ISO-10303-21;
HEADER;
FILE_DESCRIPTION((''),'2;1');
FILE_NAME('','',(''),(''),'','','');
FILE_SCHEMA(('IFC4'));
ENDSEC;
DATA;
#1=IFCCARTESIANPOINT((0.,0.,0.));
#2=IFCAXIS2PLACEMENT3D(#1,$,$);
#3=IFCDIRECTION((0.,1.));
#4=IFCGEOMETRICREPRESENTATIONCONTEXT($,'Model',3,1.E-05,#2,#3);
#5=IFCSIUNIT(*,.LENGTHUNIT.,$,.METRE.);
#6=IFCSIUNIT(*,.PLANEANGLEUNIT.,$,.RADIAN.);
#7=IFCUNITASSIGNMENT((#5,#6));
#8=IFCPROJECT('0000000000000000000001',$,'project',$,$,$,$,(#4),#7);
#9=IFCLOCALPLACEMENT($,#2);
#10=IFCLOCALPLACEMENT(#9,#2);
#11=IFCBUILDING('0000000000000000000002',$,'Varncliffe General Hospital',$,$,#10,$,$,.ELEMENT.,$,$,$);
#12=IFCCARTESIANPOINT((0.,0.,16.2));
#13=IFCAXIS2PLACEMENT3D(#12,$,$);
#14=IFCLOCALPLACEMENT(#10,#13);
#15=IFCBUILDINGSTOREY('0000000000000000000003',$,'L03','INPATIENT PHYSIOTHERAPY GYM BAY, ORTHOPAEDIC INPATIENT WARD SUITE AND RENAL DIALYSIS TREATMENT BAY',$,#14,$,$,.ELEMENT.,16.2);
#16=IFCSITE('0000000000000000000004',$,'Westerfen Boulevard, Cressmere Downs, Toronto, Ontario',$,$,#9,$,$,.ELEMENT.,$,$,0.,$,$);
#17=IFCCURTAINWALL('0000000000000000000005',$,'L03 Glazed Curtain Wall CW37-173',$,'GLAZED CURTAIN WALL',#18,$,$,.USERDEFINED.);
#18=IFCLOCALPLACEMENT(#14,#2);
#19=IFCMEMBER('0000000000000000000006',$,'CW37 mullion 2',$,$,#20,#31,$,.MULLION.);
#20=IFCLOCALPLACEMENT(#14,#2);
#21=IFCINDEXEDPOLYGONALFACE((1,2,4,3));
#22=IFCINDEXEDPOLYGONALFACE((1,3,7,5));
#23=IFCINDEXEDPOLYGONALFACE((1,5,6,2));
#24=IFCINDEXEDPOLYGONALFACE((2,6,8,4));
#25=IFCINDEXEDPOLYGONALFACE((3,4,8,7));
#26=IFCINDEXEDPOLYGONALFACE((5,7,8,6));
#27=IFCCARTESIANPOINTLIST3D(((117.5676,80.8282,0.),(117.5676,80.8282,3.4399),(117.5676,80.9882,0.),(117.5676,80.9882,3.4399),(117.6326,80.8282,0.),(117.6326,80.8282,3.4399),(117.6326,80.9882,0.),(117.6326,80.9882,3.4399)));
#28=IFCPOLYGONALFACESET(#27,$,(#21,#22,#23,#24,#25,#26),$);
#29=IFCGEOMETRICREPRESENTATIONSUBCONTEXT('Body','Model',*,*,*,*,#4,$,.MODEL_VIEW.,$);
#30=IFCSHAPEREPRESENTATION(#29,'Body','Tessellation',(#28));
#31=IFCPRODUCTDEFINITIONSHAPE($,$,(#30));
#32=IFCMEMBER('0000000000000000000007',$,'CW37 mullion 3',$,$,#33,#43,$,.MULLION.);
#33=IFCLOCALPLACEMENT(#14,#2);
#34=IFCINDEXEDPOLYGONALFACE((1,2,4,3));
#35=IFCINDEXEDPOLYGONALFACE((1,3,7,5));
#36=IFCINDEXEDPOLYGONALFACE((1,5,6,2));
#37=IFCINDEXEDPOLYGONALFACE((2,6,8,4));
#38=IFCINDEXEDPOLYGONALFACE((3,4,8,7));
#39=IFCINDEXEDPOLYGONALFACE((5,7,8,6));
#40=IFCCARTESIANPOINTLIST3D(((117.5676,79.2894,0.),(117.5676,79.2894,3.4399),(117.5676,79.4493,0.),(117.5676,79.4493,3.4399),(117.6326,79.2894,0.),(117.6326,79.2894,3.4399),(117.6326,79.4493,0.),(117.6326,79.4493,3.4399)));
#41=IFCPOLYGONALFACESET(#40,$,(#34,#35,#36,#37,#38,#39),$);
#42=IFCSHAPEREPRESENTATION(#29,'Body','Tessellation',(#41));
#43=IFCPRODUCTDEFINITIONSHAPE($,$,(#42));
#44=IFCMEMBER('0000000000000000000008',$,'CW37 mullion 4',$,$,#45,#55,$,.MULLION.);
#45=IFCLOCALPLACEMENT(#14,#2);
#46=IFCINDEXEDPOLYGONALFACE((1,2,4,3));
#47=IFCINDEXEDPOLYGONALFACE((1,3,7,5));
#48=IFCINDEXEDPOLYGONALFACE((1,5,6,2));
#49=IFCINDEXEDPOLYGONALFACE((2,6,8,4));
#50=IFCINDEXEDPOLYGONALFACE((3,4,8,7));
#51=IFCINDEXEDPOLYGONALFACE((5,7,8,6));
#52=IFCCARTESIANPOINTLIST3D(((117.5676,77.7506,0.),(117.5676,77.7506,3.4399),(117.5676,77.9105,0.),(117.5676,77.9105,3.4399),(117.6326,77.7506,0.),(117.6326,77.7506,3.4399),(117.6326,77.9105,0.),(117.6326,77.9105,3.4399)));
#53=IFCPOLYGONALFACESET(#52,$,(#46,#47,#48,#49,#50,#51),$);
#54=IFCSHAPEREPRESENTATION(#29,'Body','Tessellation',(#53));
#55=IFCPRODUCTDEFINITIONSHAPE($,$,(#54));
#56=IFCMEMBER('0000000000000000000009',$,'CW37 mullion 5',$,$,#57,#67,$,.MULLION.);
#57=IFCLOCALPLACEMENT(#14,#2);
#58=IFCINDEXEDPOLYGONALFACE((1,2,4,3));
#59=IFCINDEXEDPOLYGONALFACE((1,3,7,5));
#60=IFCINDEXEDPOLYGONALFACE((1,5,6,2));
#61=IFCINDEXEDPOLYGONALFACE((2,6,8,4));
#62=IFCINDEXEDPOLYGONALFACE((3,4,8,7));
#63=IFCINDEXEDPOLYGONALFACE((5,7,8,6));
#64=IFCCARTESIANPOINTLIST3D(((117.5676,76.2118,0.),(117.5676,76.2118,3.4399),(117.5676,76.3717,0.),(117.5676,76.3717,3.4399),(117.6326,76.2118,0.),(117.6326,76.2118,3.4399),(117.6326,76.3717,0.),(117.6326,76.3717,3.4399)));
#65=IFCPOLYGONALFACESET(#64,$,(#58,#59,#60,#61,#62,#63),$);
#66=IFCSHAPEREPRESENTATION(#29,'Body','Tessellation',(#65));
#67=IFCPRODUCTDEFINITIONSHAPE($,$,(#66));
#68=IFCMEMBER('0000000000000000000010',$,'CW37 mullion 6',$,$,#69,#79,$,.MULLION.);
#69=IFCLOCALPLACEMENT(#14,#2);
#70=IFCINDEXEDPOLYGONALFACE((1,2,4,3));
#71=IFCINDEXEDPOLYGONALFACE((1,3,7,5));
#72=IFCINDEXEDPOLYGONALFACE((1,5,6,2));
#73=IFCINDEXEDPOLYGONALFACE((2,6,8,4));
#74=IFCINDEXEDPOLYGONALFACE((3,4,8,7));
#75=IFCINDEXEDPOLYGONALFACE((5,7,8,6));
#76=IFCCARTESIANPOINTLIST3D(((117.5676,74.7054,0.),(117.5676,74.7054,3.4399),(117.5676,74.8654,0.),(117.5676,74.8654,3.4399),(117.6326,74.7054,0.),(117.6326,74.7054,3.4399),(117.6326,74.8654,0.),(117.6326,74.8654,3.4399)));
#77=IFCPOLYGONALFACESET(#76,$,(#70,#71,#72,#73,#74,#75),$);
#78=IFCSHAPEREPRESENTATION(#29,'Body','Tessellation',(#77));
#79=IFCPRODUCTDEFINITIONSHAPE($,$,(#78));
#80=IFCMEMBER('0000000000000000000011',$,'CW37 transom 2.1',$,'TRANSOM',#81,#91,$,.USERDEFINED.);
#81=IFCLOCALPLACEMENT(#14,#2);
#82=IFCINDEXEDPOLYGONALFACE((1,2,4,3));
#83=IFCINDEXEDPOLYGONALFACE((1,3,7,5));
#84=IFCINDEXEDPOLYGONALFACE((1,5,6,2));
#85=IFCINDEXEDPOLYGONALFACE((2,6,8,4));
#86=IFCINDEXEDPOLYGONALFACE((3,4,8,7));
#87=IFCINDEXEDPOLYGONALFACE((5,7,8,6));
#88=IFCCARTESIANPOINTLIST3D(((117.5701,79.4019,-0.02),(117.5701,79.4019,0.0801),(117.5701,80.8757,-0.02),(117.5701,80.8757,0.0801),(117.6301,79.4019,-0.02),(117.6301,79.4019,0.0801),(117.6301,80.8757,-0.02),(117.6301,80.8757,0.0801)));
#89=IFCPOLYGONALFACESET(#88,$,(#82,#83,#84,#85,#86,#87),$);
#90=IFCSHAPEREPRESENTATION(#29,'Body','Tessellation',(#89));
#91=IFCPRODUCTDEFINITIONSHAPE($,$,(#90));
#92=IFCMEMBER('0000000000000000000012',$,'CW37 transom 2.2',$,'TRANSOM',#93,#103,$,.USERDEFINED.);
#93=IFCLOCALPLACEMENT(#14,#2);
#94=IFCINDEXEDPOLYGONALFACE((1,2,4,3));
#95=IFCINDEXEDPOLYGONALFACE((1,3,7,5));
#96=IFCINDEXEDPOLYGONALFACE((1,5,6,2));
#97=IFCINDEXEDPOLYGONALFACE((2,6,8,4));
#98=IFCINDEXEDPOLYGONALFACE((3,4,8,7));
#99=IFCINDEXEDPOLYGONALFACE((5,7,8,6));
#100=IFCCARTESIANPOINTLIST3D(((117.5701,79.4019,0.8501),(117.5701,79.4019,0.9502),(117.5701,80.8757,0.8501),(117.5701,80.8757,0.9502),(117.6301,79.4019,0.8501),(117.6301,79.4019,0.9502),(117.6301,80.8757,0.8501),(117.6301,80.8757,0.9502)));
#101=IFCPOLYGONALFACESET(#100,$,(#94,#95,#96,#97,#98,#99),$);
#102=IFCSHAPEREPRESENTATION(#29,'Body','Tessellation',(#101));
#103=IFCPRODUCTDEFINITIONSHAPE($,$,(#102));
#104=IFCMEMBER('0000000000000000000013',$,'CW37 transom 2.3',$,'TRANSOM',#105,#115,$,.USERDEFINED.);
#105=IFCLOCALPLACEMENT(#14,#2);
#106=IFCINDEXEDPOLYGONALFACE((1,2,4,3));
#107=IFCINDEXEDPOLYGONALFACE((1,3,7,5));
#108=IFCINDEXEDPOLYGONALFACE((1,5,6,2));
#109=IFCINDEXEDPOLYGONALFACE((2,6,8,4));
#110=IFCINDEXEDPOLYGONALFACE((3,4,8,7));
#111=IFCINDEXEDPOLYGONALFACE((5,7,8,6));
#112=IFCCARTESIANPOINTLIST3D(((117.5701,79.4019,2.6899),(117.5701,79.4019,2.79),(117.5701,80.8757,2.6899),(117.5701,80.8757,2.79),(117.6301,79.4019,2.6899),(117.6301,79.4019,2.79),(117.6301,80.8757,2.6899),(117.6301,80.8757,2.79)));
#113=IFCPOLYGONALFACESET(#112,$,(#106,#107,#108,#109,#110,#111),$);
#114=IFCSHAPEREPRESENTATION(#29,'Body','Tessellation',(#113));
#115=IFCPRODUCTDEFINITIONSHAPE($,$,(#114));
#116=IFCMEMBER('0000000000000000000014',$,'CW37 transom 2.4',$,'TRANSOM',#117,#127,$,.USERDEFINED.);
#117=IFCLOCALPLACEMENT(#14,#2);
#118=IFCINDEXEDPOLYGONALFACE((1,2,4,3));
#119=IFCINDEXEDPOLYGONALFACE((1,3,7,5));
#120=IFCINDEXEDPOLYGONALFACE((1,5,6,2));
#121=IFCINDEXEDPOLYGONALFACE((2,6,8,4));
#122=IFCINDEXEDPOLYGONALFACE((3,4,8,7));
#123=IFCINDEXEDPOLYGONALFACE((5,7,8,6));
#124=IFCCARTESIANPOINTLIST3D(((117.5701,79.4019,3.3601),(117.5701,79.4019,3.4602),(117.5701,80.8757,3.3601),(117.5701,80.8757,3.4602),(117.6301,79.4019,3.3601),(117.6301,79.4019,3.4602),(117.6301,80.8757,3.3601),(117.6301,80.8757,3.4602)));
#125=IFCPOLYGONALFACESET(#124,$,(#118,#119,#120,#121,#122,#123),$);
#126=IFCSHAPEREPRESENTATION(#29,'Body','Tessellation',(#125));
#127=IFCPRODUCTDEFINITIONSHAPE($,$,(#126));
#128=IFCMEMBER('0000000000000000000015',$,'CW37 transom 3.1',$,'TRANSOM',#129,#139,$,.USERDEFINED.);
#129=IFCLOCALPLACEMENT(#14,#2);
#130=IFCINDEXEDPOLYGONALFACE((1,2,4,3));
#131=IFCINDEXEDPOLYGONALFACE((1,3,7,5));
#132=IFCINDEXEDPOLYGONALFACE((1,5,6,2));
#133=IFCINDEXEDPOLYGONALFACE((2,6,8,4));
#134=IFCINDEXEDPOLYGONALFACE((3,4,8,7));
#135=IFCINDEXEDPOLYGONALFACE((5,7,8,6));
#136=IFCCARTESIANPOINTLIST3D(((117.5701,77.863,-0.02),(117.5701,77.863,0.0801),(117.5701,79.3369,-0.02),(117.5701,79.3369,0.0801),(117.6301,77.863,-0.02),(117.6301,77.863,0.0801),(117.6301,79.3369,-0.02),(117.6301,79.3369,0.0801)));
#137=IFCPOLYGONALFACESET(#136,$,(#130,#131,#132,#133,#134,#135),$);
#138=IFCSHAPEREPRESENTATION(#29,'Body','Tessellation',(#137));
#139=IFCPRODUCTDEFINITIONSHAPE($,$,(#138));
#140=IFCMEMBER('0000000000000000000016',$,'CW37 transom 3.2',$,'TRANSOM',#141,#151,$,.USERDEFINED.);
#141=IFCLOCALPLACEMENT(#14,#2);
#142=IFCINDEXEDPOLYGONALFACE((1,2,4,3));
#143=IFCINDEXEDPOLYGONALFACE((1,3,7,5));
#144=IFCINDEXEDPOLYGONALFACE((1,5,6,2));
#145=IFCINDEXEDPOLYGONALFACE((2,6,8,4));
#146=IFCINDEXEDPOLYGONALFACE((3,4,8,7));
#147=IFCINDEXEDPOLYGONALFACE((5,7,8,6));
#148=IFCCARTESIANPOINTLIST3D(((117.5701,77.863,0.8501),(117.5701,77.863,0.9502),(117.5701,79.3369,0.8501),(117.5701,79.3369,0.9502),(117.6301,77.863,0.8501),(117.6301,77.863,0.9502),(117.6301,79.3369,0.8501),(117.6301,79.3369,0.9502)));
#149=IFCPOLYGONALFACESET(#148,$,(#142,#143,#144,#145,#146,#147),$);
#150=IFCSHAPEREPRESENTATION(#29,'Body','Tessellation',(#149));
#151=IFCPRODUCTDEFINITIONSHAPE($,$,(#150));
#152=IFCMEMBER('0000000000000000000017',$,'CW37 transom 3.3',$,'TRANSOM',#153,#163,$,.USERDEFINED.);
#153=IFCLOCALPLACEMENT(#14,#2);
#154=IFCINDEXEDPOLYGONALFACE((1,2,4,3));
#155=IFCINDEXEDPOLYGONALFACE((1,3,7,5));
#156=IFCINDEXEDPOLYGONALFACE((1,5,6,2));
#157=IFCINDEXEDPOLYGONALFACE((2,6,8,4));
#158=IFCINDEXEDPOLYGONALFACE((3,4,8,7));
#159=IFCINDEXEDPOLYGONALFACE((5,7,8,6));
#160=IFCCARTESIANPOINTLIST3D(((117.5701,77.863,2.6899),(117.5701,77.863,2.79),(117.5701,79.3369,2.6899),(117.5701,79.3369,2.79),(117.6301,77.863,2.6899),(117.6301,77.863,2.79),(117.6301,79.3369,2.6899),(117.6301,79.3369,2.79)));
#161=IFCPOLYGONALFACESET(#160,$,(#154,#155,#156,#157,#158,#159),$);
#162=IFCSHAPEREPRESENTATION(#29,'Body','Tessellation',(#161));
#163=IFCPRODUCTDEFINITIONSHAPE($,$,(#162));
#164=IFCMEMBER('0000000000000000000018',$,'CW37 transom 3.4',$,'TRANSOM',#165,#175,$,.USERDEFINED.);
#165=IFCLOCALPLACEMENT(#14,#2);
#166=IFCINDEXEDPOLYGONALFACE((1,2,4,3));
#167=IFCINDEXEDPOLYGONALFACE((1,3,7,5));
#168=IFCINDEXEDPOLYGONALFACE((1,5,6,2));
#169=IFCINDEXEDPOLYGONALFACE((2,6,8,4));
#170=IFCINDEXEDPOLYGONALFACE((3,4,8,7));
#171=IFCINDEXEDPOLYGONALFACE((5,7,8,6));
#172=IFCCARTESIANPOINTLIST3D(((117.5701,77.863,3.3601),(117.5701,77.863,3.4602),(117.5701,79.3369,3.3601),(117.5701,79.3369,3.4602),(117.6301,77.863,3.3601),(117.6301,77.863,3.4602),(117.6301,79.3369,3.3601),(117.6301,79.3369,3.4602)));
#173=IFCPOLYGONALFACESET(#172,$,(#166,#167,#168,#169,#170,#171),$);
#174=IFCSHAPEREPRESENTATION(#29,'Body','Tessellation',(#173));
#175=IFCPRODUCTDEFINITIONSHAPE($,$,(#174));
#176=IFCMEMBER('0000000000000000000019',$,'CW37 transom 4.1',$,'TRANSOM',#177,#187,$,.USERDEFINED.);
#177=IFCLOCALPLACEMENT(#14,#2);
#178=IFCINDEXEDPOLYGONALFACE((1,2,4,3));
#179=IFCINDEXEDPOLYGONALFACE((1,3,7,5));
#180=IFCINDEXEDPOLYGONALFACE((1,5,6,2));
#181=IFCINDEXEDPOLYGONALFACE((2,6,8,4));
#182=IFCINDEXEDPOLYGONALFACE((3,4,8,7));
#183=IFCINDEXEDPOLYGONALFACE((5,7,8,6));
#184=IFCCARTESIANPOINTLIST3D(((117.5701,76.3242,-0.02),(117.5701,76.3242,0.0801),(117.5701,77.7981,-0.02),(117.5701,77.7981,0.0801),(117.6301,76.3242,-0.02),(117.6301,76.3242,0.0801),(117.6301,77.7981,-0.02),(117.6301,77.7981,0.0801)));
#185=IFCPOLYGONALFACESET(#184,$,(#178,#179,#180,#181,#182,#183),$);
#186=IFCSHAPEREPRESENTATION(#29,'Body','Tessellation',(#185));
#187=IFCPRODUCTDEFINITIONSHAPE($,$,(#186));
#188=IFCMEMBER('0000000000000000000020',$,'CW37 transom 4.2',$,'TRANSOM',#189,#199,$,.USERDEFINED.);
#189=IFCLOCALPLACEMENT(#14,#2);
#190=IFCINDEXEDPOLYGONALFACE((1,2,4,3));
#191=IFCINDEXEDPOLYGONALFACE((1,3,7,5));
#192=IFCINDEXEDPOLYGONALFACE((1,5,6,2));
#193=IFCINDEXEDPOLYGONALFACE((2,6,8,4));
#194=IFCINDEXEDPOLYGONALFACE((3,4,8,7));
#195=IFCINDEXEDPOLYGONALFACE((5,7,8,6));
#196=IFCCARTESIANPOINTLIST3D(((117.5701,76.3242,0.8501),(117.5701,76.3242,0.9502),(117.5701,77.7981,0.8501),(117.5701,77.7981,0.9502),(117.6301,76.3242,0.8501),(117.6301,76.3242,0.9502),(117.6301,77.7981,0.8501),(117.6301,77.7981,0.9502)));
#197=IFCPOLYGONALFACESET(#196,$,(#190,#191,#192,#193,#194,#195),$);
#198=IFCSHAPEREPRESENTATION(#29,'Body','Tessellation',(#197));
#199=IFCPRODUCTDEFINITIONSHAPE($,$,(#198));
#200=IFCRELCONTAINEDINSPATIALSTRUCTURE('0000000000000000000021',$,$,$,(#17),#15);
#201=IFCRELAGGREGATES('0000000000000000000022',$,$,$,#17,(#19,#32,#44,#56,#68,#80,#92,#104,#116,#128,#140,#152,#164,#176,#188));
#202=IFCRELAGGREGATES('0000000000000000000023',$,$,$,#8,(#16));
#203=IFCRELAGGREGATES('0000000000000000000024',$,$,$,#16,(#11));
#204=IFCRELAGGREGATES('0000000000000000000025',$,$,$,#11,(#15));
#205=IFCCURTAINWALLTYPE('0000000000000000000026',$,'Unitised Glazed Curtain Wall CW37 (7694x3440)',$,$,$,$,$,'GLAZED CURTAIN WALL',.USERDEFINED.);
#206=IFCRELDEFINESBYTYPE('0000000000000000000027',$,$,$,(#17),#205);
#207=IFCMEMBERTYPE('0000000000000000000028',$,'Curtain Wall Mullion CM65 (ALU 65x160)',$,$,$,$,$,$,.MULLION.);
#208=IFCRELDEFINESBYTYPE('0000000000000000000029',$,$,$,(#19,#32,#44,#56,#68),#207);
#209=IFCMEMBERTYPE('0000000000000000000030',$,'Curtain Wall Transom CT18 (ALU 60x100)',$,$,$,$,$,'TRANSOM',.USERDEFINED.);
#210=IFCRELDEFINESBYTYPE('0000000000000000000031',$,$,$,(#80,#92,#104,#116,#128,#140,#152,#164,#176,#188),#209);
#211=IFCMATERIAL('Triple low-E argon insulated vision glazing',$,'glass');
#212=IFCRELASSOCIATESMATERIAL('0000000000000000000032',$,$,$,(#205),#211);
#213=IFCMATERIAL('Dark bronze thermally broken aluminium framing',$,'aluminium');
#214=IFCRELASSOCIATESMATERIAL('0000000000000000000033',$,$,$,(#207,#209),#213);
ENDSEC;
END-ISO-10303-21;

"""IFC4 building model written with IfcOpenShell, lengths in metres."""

from ifc_helpers import new_model, si_unit, direction, frame, origin, origin_2d, place, context, subcontext, project, spatial, rectangle, extrude, material, material_profile, profile_set, type_object, element, aggregate, save


model = new_model("IFC4")

# Units and contexts
model_context = context("Model", 3, precision=1e-05, world=origin(), true_north=direction((0.0, 1.0)))
body_context = subcontext(model_context, "Body", "Model", "MODEL_VIEW")
ifc_project = project(units=[si_unit("LENGTHUNIT", "METRE"), si_unit("PLANEANGLEUNIT", "RADIAN")], contexts=[model_context])

# Site, building, storey
site_placement = place(None, origin())
site = spatial("IfcSite", under=ifc_project, at=site_placement, Name="Westerfen Boulevard, Cressmere Downs, Toronto, Ontario", CompositionType="ELEMENT", RefElevation=0.0)
building_placement = place(site_placement, origin())
building = spatial("IfcBuilding", under=site, at=building_placement, Name="Varncliffe General Hospital", CompositionType="ELEMENT")
storey_placement = place(building_placement, frame((0.0, 0.0, 16.2)))
storey = spatial("IfcBuildingStorey", under=building, at=storey_placement, Name="L03", Description="INPATIENT PHYSIOTHERAPY GYM BAY, ORTHOPAEDIC INPATIENT WARD SUITE AND RENAL DIALYSIS TREATMENT BAY", CompositionType="ELEMENT", Elevation=16.2)

# Curtain wall, members
ifc_material_1 = material(Name="Triple low-E argon insulated vision glazing", Category="glass")
curtain_wall_type = type_object("IfcCurtainWallType", Name="Unitised Glazed Curtain Wall CW37 (7694x3440)", ElementType="GLAZED CURTAIN WALL", PredefinedType="USERDEFINED", material=ifc_material_1)
curtain_wall_placement = place(storey_placement, origin())
curtain_wall = element("IfcCurtainWall", 1, at=curtain_wall_placement, inside=storey, type_object=curtain_wall_type, Name="L03 Glazed Curtain Wall CW37-173", ObjectType="GLAZED CURTAIN WALL", PredefinedType="USERDEFINED")
ifc_material_2 = material(Name="Dark bronze thermally broken aluminium framing", Category="aluminium")
ifc_material_profile_1 = material_profile(ifc_material_2, rectangle(XDim=0.0649, YDim=0.1599, at=origin_2d()), Name="ALU 65x160")
ifc_profile_set_1 = profile_set([ifc_material_profile_1], Name="Dark bronze thermally broken aluminium framing")
member_type_1 = type_object("IfcMemberType", Name="Curtain Wall Mullion CM65 (ALU 65x160)", PredefinedType="MULLION", material=ifc_profile_set_1)
member_1_placement = place(storey_placement, frame((117.6001, 80.9082, 0.0), z_axis=(0.0, 0.0, 1.0), x_axis=(1.0, 0.0, 0.0)))
member_1 = element("IfcMember", 2, at=member_1_placement, type_object=member_type_1, Name="CW37 mullion 2", PredefinedType="MULLION", context=body_context, shape_type="SweptSolid", body=[
    extrude(rectangle(XDim=0.0649, YDim=0.1599, at=origin_2d()), origin(), (0.0, 0.0, 1.0), 3.4399),
])
member_2_placement = place(storey_placement, frame((117.6001, 79.3694, 0.0), z_axis=(0.0, 0.0, 1.0), x_axis=(1.0, 0.0, 0.0)))
member_2 = element("IfcMember", 3, at=member_2_placement, type_object=member_type_1, Name="CW37 mullion 3", PredefinedType="MULLION", context=body_context, shape_type="SweptSolid", body=[
    extrude(rectangle(XDim=0.0649, YDim=0.1599, at=origin_2d()), origin(), (0.0, 0.0, 1.0), 3.4399),
])
member_3_placement = place(storey_placement, frame((117.6001, 77.8306, 0.0), z_axis=(0.0, 0.0, 1.0), x_axis=(1.0, 0.0, 0.0)))
member_3 = element("IfcMember", 4, at=member_3_placement, type_object=member_type_1, Name="CW37 mullion 4", PredefinedType="MULLION", context=body_context, shape_type="SweptSolid", body=[
    extrude(rectangle(XDim=0.0649, YDim=0.1599, at=origin_2d()), origin(), (0.0, 0.0, 1.0), 3.4399),
])
member_4_placement = place(storey_placement, frame((117.6001, 76.2917, 0.0), z_axis=(0.0, 0.0, 1.0), x_axis=(1.0, 0.0, 0.0)))
member_4 = element("IfcMember", 5, at=member_4_placement, type_object=member_type_1, Name="CW37 mullion 5", PredefinedType="MULLION", context=body_context, shape_type="SweptSolid", body=[
    extrude(rectangle(XDim=0.0649, YDim=0.1599, at=origin_2d()), origin(), (0.0, 0.0, 1.0), 3.4399),
])
member_5_placement = place(storey_placement, frame((117.6001, 74.7854, 0.0), z_axis=(0.0, 0.0, 1.0), x_axis=(1.0, 0.0, 0.0)))
member_5 = element("IfcMember", 6, at=member_5_placement, type_object=member_type_1, Name="CW37 mullion 6", PredefinedType="MULLION", context=body_context, shape_type="SweptSolid", body=[
    extrude(rectangle(XDim=0.0649, YDim=0.1599, at=origin_2d()), origin(), (0.0, 0.0, 1.0), 3.4399),
])
ifc_material_profile_2 = material_profile(ifc_material_2, rectangle(XDim=0.0601, YDim=0.1001, at=origin_2d()), Name="ALU 60x100")
ifc_profile_set_2 = profile_set([ifc_material_profile_2], Name="Dark bronze thermally broken aluminium framing")
member_type_2 = type_object("IfcMemberType", Name="Curtain Wall Transom CT18 (ALU 60x100)", ElementType="TRANSOM", PredefinedType="USERDEFINED", material=ifc_profile_set_2)
member_6_placement = place(storey_placement, frame((117.6001, 80.8757, 0.03), z_axis=(0.0, -1.0, 0.0), x_axis=(1.0, 0.0, 0.0)))
member_6 = element("IfcMember", 7, at=member_6_placement, type_object=member_type_2, Name="CW37 transom 2.1", ObjectType="TRANSOM", PredefinedType="USERDEFINED", context=body_context, shape_type="SweptSolid", body=[
    extrude(rectangle(XDim=0.0601, YDim=0.1001, at=origin_2d()), origin(), (0.0, 0.0, 1.0), 1.4739),
])
member_7_placement = place(storey_placement, frame((117.6001, 80.8757, 0.9001), z_axis=(0.0, -1.0, 0.0), x_axis=(1.0, 0.0, 0.0)))
member_7 = element("IfcMember", 8, at=member_7_placement, type_object=member_type_2, Name="CW37 transom 2.2", ObjectType="TRANSOM", PredefinedType="USERDEFINED", context=body_context, shape_type="SweptSolid", body=[
    extrude(rectangle(XDim=0.0601, YDim=0.1001, at=origin_2d()), origin(), (0.0, 0.0, 1.0), 1.4739),
])
member_8_placement = place(storey_placement, frame((117.6001, 80.8757, 2.74), z_axis=(0.0, -1.0, 0.0), x_axis=(1.0, 0.0, 0.0)))
member_8 = element("IfcMember", 9, at=member_8_placement, type_object=member_type_2, Name="CW37 transom 2.3", ObjectType="TRANSOM", PredefinedType="USERDEFINED", context=body_context, shape_type="SweptSolid", body=[
    extrude(rectangle(XDim=0.0601, YDim=0.1001, at=origin_2d()), origin(), (0.0, 0.0, 1.0), 1.4739),
])
member_9_placement = place(storey_placement, frame((117.6001, 80.8757, 3.4102), z_axis=(0.0, -1.0, 0.0), x_axis=(1.0, 0.0, 0.0)))
member_9 = element("IfcMember", 10, at=member_9_placement, type_object=member_type_2, Name="CW37 transom 2.4", ObjectType="TRANSOM", PredefinedType="USERDEFINED", context=body_context, shape_type="SweptSolid", body=[
    extrude(rectangle(XDim=0.0601, YDim=0.1001, at=origin_2d()), origin(), (0.0, 0.0, 1.0), 1.4739),
])
member_10_placement = place(storey_placement, frame((117.6001, 79.3369, 0.03), z_axis=(0.0, -1.0, 0.0), x_axis=(1.0, 0.0, 0.0)))
member_10 = element("IfcMember", 11, at=member_10_placement, type_object=member_type_2, Name="CW37 transom 3.1", ObjectType="TRANSOM", PredefinedType="USERDEFINED", context=body_context, shape_type="SweptSolid", body=[
    extrude(rectangle(XDim=0.0601, YDim=0.1001, at=origin_2d()), origin(), (0.0, 0.0, 1.0), 1.4739),
])
member_11_placement = place(storey_placement, frame((117.6001, 79.3369, 0.9001), z_axis=(0.0, -1.0, 0.0), x_axis=(1.0, 0.0, 0.0)))
member_11 = element("IfcMember", 12, at=member_11_placement, type_object=member_type_2, Name="CW37 transom 3.2", ObjectType="TRANSOM", PredefinedType="USERDEFINED", context=body_context, shape_type="SweptSolid", body=[
    extrude(rectangle(XDim=0.0601, YDim=0.1001, at=origin_2d()), origin(), (0.0, 0.0, 1.0), 1.4739),
])
member_12_placement = place(storey_placement, frame((117.6001, 79.3369, 2.74), z_axis=(0.0, -1.0, 0.0), x_axis=(1.0, 0.0, 0.0)))
member_12 = element("IfcMember", 13, at=member_12_placement, type_object=member_type_2, Name="CW37 transom 3.3", ObjectType="TRANSOM", PredefinedType="USERDEFINED", context=body_context, shape_type="SweptSolid", body=[
    extrude(rectangle(XDim=0.0601, YDim=0.1001, at=origin_2d()), origin(), (0.0, 0.0, 1.0), 1.4739),
])
member_13_placement = place(storey_placement, frame((117.6001, 79.3369, 3.4102), z_axis=(0.0, -1.0, 0.0), x_axis=(1.0, 0.0, 0.0)))
member_13 = element("IfcMember", 14, at=member_13_placement, type_object=member_type_2, Name="CW37 transom 3.4", ObjectType="TRANSOM", PredefinedType="USERDEFINED", context=body_context, shape_type="SweptSolid", body=[
    extrude(rectangle(XDim=0.0601, YDim=0.1001, at=origin_2d()), origin(), (0.0, 0.0, 1.0), 1.4739),
])
member_14_placement = place(storey_placement, frame((117.6001, 77.7981, 0.03), z_axis=(0.0, -1.0, 0.0), x_axis=(1.0, 0.0, 0.0)))
member_14 = element("IfcMember", 15, at=member_14_placement, type_object=member_type_2, Name="CW37 transom 4.1", ObjectType="TRANSOM", PredefinedType="USERDEFINED", context=body_context, shape_type="SweptSolid", body=[
    extrude(rectangle(XDim=0.0601, YDim=0.1001, at=origin_2d()), origin(), (0.0, 0.0, 1.0), 1.4739),
])
member_15_placement = place(storey_placement, frame((117.6001, 77.7981, 0.9001), z_axis=(0.0, -1.0, 0.0), x_axis=(1.0, 0.0, 0.0)))
member_15 = element("IfcMember", 16, at=member_15_placement, type_object=member_type_2, Name="CW37 transom 4.2", ObjectType="TRANSOM", PredefinedType="USERDEFINED", context=body_context, shape_type="SweptSolid", body=[
    extrude(rectangle(XDim=0.0601, YDim=0.1001, at=origin_2d()), origin(), (0.0, 0.0, 1.0), 1.4739),
])

aggregate(curtain_wall, [member_1, member_2, member_3, member_4, member_5, member_6, member_7, member_8, member_9, member_10, member_11, member_12, member_13, member_14, member_15])

save(model, "model.ifc")
